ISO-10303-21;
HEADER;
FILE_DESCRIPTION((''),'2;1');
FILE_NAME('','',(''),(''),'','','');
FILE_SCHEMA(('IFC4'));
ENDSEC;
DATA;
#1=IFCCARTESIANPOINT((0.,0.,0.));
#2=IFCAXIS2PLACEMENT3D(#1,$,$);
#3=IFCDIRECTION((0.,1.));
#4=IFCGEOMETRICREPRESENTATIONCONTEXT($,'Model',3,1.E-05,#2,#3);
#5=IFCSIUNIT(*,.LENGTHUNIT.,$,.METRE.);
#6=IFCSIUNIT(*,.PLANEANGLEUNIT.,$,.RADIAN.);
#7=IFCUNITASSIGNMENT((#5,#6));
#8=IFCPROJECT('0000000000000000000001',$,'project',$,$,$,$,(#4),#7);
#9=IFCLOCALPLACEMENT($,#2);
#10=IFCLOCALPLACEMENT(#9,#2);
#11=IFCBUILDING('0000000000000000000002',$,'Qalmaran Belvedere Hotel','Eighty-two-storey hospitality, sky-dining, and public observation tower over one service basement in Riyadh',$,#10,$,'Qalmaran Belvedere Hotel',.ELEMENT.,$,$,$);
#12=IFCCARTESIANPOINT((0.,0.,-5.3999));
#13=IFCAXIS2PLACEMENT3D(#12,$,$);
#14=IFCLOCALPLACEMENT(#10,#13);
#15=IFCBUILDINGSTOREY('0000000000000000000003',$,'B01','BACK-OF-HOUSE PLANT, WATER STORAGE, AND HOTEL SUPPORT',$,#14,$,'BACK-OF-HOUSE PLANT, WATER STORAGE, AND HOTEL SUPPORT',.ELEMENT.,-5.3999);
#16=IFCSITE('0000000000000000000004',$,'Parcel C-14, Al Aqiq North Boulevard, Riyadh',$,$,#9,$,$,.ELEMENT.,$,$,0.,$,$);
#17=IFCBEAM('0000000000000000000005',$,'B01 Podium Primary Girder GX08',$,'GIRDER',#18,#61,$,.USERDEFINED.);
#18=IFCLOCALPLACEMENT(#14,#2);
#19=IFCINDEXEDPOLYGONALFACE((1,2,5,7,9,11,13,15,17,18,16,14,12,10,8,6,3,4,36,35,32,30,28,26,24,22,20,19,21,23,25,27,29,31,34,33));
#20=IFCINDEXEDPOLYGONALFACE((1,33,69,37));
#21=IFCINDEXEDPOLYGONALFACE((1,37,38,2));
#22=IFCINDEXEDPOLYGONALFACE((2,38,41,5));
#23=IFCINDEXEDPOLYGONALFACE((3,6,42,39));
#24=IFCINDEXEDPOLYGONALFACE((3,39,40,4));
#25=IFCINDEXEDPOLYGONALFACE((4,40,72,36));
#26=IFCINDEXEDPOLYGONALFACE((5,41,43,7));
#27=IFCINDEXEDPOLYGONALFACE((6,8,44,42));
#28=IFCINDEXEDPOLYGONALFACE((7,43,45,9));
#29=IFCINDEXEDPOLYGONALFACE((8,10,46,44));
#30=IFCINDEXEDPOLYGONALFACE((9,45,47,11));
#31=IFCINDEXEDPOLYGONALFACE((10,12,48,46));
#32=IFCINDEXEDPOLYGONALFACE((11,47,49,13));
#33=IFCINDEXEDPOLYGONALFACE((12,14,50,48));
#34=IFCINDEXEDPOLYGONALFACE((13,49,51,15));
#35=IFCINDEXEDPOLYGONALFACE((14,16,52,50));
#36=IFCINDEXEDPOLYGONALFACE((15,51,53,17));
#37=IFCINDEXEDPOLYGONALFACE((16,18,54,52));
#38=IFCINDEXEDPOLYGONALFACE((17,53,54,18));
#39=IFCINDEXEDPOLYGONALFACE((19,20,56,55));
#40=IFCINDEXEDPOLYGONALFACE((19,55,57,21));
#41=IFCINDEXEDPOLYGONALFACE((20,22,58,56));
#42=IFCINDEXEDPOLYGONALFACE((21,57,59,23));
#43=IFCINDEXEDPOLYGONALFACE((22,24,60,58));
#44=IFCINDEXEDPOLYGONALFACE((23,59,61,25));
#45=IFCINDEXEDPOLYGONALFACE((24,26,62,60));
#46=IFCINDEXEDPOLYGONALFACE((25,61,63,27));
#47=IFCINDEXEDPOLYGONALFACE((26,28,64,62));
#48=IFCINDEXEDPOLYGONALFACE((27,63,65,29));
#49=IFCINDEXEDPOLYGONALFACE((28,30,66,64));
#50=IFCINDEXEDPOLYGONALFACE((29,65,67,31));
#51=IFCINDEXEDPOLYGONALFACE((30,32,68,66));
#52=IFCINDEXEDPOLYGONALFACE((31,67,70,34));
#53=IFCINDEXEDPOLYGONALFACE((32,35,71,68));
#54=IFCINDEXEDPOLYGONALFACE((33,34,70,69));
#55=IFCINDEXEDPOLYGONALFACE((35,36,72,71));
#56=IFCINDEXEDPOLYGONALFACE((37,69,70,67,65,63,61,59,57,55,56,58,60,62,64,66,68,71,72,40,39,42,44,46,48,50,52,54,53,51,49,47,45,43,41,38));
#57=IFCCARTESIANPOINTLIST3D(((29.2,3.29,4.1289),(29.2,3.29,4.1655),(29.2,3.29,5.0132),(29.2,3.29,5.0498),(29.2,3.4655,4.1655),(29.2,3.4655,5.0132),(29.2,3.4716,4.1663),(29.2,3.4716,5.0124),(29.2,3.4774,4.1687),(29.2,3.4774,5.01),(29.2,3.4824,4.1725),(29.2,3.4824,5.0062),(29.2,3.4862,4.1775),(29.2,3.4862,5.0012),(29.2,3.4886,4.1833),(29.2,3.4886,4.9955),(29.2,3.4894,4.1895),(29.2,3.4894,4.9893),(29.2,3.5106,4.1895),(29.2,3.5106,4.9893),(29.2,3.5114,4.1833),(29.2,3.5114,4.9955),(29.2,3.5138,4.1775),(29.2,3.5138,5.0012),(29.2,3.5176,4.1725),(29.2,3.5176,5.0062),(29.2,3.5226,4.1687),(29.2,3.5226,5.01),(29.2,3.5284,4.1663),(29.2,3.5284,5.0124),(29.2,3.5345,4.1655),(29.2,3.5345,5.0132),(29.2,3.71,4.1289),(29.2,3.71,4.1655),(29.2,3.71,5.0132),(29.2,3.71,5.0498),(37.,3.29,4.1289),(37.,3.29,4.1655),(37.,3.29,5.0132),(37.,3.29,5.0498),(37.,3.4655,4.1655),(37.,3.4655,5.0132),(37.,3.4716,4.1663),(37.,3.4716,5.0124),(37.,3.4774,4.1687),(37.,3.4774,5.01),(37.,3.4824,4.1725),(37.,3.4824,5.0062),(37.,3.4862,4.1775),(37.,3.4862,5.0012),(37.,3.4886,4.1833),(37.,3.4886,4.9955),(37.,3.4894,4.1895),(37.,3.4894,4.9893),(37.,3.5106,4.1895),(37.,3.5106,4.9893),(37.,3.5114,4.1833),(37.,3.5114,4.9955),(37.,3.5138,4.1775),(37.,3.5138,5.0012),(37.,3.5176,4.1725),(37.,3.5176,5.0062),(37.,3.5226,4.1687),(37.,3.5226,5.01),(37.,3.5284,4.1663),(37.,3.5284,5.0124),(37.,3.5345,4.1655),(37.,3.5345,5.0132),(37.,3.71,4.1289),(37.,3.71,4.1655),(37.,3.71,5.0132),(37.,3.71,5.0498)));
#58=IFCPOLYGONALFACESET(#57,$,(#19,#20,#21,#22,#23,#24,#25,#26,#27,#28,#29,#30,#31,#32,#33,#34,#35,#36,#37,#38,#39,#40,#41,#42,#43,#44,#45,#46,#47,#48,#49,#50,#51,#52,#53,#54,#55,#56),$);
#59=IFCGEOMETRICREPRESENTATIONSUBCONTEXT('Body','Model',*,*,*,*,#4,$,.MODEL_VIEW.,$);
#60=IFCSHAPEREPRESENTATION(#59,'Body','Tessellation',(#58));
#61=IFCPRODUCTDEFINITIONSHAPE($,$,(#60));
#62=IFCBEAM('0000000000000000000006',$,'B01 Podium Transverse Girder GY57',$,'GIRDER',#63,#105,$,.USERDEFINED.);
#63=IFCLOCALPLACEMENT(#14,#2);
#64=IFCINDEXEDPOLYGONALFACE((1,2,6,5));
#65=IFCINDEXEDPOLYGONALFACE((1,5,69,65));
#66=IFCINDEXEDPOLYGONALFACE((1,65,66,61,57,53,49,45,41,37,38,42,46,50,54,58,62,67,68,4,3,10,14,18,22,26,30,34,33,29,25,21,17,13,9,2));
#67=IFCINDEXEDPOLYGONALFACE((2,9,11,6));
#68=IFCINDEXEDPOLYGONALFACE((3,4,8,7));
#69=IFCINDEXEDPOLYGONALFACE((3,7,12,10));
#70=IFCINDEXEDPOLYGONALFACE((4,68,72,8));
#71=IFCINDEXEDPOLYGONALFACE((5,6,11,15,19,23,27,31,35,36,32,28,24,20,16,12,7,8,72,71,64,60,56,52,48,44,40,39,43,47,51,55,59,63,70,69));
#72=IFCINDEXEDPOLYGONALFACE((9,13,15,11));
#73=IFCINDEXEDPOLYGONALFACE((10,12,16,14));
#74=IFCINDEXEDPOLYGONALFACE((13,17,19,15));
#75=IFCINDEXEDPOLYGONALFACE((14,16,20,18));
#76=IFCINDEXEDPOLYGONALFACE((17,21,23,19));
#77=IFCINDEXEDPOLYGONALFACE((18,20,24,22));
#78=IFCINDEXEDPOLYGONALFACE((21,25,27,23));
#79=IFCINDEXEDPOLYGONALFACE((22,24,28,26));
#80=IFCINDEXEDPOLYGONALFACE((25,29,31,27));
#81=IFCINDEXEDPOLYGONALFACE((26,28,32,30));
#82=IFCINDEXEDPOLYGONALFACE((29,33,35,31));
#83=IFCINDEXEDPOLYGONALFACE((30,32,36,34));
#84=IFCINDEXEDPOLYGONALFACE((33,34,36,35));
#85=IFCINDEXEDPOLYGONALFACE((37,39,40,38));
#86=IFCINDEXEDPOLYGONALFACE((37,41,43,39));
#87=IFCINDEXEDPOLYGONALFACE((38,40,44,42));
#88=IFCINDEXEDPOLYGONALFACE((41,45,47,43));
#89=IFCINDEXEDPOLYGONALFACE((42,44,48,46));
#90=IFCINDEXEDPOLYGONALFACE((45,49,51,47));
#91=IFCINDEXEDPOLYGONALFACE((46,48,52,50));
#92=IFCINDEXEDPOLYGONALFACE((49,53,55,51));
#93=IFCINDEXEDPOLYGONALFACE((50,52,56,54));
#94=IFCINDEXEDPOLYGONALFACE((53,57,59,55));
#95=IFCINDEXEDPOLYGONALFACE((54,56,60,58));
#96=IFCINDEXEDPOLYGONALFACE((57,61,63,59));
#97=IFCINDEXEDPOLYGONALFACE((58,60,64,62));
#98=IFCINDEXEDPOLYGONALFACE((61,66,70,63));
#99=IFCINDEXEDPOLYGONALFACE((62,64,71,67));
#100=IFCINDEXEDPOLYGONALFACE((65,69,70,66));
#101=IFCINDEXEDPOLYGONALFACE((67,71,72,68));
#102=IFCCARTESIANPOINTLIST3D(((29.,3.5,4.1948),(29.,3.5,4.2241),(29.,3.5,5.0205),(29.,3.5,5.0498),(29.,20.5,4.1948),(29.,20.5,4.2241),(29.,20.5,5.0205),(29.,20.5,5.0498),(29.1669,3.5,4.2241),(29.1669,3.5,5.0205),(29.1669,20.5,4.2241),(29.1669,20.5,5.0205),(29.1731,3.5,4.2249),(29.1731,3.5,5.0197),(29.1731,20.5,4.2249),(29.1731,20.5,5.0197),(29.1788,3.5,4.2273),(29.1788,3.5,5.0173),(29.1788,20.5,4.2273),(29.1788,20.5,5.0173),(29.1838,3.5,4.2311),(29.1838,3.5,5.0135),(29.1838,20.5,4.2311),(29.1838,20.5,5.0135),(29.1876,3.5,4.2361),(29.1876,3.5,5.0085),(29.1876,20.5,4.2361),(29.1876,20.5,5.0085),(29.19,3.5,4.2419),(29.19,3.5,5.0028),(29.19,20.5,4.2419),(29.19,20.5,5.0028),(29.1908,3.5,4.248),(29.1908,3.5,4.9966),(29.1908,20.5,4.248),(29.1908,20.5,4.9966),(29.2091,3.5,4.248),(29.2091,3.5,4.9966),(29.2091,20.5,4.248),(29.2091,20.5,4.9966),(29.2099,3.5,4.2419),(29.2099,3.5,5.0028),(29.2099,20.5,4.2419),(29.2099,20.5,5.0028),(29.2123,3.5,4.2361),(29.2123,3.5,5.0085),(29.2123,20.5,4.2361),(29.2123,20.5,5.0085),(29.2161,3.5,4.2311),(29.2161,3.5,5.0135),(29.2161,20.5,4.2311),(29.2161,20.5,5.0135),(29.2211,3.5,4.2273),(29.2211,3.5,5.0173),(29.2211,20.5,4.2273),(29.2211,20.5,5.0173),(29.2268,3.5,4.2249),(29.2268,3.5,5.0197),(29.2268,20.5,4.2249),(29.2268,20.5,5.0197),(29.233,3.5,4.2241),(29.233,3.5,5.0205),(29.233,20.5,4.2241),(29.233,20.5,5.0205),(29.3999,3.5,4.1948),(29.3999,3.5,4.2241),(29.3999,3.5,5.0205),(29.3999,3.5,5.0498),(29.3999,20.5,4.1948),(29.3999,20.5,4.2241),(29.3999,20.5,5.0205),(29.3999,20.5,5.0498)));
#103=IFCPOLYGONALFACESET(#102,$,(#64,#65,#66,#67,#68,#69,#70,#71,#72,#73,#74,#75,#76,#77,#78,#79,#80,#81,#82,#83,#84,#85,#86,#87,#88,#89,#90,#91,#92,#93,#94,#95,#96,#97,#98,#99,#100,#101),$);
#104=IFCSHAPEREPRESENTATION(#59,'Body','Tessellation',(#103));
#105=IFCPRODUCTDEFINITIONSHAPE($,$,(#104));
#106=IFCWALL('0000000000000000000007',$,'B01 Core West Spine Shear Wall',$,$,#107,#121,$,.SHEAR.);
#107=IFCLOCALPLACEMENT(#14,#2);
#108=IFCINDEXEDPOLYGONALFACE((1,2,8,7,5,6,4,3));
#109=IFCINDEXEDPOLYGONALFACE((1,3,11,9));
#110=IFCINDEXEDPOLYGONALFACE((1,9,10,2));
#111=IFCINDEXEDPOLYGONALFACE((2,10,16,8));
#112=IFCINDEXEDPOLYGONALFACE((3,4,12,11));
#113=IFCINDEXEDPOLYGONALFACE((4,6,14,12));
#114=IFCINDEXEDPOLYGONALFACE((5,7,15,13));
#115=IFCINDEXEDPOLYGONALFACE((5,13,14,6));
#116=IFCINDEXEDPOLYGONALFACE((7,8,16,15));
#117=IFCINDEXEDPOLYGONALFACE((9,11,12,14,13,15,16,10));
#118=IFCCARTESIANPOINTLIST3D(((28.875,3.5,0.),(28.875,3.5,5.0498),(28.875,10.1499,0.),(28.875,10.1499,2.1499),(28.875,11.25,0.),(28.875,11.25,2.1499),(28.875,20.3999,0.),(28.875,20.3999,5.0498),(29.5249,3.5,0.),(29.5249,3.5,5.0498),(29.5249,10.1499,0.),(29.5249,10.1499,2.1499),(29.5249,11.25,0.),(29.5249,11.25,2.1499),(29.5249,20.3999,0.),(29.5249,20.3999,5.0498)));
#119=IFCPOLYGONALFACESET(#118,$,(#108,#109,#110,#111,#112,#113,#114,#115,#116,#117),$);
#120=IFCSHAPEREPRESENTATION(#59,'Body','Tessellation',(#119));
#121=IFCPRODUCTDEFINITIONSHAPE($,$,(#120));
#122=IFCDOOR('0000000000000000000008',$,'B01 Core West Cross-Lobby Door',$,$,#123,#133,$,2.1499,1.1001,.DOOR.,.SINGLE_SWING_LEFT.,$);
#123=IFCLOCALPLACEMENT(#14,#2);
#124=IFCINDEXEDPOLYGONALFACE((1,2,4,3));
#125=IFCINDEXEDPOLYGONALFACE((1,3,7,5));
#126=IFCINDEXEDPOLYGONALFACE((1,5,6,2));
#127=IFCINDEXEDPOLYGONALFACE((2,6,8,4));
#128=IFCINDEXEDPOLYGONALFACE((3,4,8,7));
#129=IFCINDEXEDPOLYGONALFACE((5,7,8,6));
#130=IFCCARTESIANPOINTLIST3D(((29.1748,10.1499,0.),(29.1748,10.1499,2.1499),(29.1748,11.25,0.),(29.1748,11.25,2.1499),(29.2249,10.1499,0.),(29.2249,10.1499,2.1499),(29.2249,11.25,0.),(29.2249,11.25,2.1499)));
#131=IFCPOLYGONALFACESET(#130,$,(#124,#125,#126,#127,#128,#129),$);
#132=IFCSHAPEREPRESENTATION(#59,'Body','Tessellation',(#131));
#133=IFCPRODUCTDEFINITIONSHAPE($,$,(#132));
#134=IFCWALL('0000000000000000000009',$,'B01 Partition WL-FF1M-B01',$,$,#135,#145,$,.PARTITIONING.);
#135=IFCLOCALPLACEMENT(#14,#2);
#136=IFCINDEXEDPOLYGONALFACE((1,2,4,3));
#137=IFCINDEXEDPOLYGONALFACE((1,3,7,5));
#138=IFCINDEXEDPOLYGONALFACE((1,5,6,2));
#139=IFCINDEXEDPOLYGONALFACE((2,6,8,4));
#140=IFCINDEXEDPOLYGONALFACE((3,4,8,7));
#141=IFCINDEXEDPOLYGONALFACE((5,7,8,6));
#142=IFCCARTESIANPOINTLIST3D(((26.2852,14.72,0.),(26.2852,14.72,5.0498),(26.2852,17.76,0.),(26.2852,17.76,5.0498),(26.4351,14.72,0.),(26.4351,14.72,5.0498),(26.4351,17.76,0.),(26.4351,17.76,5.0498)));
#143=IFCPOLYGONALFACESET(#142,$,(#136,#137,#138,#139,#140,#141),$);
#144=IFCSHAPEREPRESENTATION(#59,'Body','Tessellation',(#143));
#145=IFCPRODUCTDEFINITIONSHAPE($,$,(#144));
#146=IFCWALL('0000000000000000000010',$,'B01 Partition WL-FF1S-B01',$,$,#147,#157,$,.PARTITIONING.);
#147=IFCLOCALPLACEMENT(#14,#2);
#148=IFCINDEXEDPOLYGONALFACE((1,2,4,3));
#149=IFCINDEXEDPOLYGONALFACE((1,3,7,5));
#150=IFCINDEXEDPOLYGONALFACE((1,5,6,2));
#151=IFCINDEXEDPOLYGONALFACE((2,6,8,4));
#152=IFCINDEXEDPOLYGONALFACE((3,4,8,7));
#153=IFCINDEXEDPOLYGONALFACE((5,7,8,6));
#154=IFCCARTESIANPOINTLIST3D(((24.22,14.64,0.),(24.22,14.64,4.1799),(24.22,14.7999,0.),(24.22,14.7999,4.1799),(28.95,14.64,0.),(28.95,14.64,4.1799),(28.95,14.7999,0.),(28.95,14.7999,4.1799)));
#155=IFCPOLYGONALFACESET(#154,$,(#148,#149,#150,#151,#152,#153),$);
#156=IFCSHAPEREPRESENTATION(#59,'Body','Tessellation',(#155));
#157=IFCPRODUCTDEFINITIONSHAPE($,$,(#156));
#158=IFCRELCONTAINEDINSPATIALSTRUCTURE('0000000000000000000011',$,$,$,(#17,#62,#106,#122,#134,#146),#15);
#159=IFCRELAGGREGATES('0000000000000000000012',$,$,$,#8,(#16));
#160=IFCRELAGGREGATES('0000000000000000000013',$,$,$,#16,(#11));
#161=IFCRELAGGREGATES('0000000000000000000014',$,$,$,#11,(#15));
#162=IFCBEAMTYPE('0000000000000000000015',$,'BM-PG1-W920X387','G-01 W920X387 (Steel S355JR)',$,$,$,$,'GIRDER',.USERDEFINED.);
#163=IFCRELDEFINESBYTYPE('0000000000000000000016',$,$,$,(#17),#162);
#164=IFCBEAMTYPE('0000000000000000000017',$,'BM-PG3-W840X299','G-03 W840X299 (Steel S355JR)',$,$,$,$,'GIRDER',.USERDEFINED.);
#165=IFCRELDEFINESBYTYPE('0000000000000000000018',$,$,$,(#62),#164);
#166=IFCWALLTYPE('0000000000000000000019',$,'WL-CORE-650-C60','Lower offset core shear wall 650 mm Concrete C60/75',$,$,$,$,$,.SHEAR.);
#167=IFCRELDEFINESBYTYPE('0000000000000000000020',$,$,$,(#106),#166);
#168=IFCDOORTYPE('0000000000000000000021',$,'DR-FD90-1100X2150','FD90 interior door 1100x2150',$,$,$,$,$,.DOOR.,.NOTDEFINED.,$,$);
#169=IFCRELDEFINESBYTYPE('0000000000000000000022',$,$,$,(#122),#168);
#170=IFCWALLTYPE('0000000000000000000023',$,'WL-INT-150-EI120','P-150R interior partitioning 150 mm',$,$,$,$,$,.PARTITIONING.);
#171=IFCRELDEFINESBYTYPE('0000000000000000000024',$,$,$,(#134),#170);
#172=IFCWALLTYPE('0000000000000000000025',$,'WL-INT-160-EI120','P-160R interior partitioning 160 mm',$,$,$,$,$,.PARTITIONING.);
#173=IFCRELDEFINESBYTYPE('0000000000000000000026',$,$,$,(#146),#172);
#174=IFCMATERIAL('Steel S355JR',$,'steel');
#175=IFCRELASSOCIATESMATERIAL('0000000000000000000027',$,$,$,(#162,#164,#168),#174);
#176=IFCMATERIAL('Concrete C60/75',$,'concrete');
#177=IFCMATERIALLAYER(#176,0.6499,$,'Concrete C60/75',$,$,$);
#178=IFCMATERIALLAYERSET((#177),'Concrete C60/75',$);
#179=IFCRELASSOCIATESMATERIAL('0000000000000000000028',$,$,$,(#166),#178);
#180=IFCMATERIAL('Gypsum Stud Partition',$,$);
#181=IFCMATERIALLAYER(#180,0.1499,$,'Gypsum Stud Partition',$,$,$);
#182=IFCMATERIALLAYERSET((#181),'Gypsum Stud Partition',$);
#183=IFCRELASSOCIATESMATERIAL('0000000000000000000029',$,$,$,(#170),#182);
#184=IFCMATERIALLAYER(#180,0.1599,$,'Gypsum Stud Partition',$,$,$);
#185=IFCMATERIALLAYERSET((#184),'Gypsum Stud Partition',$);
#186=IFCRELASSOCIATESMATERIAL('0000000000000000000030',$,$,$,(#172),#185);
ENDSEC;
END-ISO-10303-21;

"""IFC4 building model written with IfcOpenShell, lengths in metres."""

from ifc_helpers import new_model, si_unit, direction, frame, frame_2d, origin, origin_2d, place, context, subcontext, project, spatial, rectangle, i_section, extrude, material, layer, layer_set, material_profile, profile_set, type_object, element, fill, save


model = new_model("IFC4")

# Units and contexts
model_context = context("Model", 3, precision=1e-05, world=origin(), true_north=direction((0.0, 1.0)))
body_context = subcontext(model_context, "Body", "Model", "MODEL_VIEW")
ifc_project = project(units=[si_unit("LENGTHUNIT", "METRE"), si_unit("PLANEANGLEUNIT", "RADIAN")], contexts=[model_context])

# Site, building, storey
site_placement = place(None, origin())
site = spatial("IfcSite", under=ifc_project, at=site_placement, Name="Parcel C-14, Al Aqiq North Boulevard, Riyadh", CompositionType="ELEMENT", RefElevation=0.0)
building_placement = place(site_placement, origin())
building = spatial("IfcBuilding", under=site, at=building_placement, Name="Qalmaran Belvedere Hotel", Description="Eighty-two-storey hospitality, sky-dining, and public observation tower over one service basement in Riyadh", LongName="Qalmaran Belvedere Hotel", CompositionType="ELEMENT")
storey_placement = place(building_placement, frame((0.0, 0.0, -5.3999)))
storey = spatial("IfcBuildingStorey", under=building, at=storey_placement, Name="B01", Description="BACK-OF-HOUSE PLANT, WATER STORAGE, AND HOTEL SUPPORT", LongName="BACK-OF-HOUSE PLANT, WATER STORAGE, AND HOTEL SUPPORT", CompositionType="ELEMENT", Elevation=-5.3999)

# Shared definitions
ifc_material_1 = material(Name="Concrete C60/75", Category="concrete")

# Beams
ifc_material_2 = material(Name="Steel S355JR", Category="steel")
ifc_material_profile_1 = material_profile(ifc_material_2, i_section(OverallWidth=0.4199, OverallDepth=0.9209, WebThickness=0.0212, FlangeThickness=0.0366, FilletRadius=0.0239, at=origin_2d()), Name="W920X387")
ifc_profile_set_1 = profile_set([ifc_material_profile_1], Name="Steel S355JR")
beam_type_1 = type_object("IfcBeamType", Name="BM-PG1-W920X387", Description="G-01 W920X387 (Steel S355JR)", ElementType="GIRDER", PredefinedType="USERDEFINED", material=ifc_profile_set_1)
beam_1_placement = place(storey_placement, frame((29.2, 3.5, 4.5894), z_axis=(1.0, 0.0, 0.0), x_axis=(0.0, 1.0, 0.0)))
element("IfcBeam", 1, at=beam_1_placement, inside=storey, type_object=beam_type_1, Name="B01 Podium Primary Girder GX08", ObjectType="GIRDER", PredefinedType="USERDEFINED", context=body_context, shape_type="SweptSolid", body=[
    extrude(i_section(OverallWidth=0.4199, OverallDepth=0.9209, WebThickness=0.0212, FlangeThickness=0.0366, FilletRadius=0.0239, at=origin_2d()), origin(), (0.0, 0.0, 1.0), 7.8),
])
ifc_material_profile_2 = material_profile(ifc_material_2, i_section(OverallWidth=0.3999, OverallDepth=0.855, WebThickness=0.0183, FlangeThickness=0.0293, FilletRadius=0.0239, at=origin_2d()), Name="W840X299")
ifc_profile_set_2 = profile_set([ifc_material_profile_2], Name="Steel S355JR")
beam_type_2 = type_object("IfcBeamType", Name="BM-PG3-W840X299", Description="G-03 W840X299 (Steel S355JR)", ElementType="GIRDER", PredefinedType="USERDEFINED", material=ifc_profile_set_2)
beam_2_placement = place(storey_placement, frame((29.2, 3.5, 4.6223), z_axis=(0.0, 1.0, 0.0), x_axis=(-1.0, 0.0, 0.0)))
element("IfcBeam", 2, at=beam_2_placement, inside=storey, type_object=beam_type_2, Name="B01 Podium Transverse Girder GY57", ObjectType="GIRDER", PredefinedType="USERDEFINED", context=body_context, shape_type="SweptSolid", body=[
    extrude(i_section(OverallWidth=0.3999, OverallDepth=0.855, WebThickness=0.0183, FlangeThickness=0.0293, FilletRadius=0.0239, at=origin_2d()), origin(), (0.0, 0.0, 1.0), 17.0),
])

# Wall, opening, door
ifc_layer_1 = layer(ifc_material_1, 0.6499, Name="Concrete C60/75")
ifc_layer_set_1 = layer_set([ifc_layer_1], Name="Concrete C60/75")
wall_type_1 = type_object("IfcWallType", Name="WL-CORE-650-C60", Description="Lower offset core shear wall 650 mm Concrete C60/75", PredefinedType="SHEAR", material=ifc_layer_set_1)
wall_1_placement = place(storey_placement, frame((29.2, 3.5, 0.0), z_axis=(0.0, 0.0, 1.0), x_axis=(0.0, 1.0, 0.0)))
wall_1 = element("IfcWall", 3, at=wall_1_placement, inside=storey, type_object=wall_type_1, Name="B01 Core West Spine Shear Wall", PredefinedType="SHEAR", context=body_context, shape_type="SweptSolid", body=[
    extrude(rectangle(XDim=16.8999, YDim=0.6499, at=frame_2d((8.45, 0.0))), origin(), (0.0, 0.0, 1.0), 5.0498),
])
opening_1_placement = place(wall_1_placement, frame((7.75, 0.0, 0.0), z_axis=(0.0, 0.0, 1.0), x_axis=(-1.0, 0.0, 0.0)))
opening_1 = element("IfcOpeningElement", 4, at=opening_1_placement, cuts=wall_1, PredefinedType="OPENING", context=body_context, shape_type="SweptSolid", body=[
    extrude(rectangle(XDim=1.1001, YDim=2.1499, at=frame_2d((0.55, 1.075))), frame((0.0, 0.335, 0.0), z_axis=(0.0, -1.0, 0.0), x_axis=(1.0, 0.0, 0.0)), (0.0, 0.0, 1.0), 0.6699),
])
door_type_1 = type_object("IfcDoorType", Name="DR-FD90-1100X2150", Description="FD90 interior door 1100x2150", OperationType="NOTDEFINED", PredefinedType="DOOR", material=ifc_material_2)
door_1_placement = place(opening_1_placement, origin())
door_1 = element("IfcDoor", 5, at=door_1_placement, inside=storey, type_object=door_type_1, Name="B01 Core West Cross-Lobby Door", OperationType="SINGLE_SWING_LEFT", OverallHeight=2.1499, OverallWidth=1.1001, PredefinedType="DOOR", context=body_context, shape_type="SweptSolid", body=[
    extrude(rectangle(XDim=1.1001, YDim=2.1499, at=frame_2d((0.55, 1.075))), frame((0.0, 0.0249, 0.0), z_axis=(0.0, -1.0, 0.0), x_axis=(1.0, 0.0, 0.0)), (0.0, 0.0, 1.0), 0.05),
])
fill(opening_1, door_1)

# Walls
ifc_material_3 = material(Name="Gypsum Stud Partition")
ifc_layer_2 = layer(ifc_material_3, 0.1499, Name="Gypsum Stud Partition")
ifc_layer_set_2 = layer_set([ifc_layer_2], Name="Gypsum Stud Partition")
wall_type_2 = type_object("IfcWallType", Name="WL-INT-150-EI120", Description="P-150R interior partitioning 150 mm", PredefinedType="PARTITIONING", material=ifc_layer_set_2)
wall_2_placement = place(storey_placement, frame((26.3601, 14.72, 0.0), z_axis=(0.0, 0.0, 1.0), x_axis=(0.0, 1.0, 0.0)))
element("IfcWall", 6, at=wall_2_placement, inside=storey, type_object=wall_type_2, Name="B01 Partition WL-FF1M-B01", PredefinedType="PARTITIONING", context=body_context, shape_type="SweptSolid", body=[
    extrude(rectangle(XDim=3.04, YDim=0.1499, at=frame_2d((1.52, 0.0))), origin(), (0.0, 0.0, 1.0), 5.0498),
])
ifc_layer_3 = layer(ifc_material_3, 0.1599, Name="Gypsum Stud Partition")
ifc_layer_set_3 = layer_set([ifc_layer_3], Name="Gypsum Stud Partition")
wall_type_3 = type_object("IfcWallType", Name="WL-INT-160-EI120", Description="P-160R interior partitioning 160 mm", PredefinedType="PARTITIONING", material=ifc_layer_set_3)
wall_3_placement = place(storey_placement, frame((24.22, 14.72, 0.0), z_axis=(0.0, 0.0, 1.0), x_axis=(1.0, 0.0, 0.0)))
element("IfcWall", 7, at=wall_3_placement, inside=storey, type_object=wall_type_3, Name="B01 Partition WL-FF1S-B01", PredefinedType="PARTITIONING", context=body_context, shape_type="SweptSolid", body=[
    extrude(rectangle(XDim=4.73, YDim=0.1599, at=frame_2d((2.365, 0.0))), origin(), (0.0, 0.0, 1.0), 4.1799),
])

save(model, "model.ifc")
